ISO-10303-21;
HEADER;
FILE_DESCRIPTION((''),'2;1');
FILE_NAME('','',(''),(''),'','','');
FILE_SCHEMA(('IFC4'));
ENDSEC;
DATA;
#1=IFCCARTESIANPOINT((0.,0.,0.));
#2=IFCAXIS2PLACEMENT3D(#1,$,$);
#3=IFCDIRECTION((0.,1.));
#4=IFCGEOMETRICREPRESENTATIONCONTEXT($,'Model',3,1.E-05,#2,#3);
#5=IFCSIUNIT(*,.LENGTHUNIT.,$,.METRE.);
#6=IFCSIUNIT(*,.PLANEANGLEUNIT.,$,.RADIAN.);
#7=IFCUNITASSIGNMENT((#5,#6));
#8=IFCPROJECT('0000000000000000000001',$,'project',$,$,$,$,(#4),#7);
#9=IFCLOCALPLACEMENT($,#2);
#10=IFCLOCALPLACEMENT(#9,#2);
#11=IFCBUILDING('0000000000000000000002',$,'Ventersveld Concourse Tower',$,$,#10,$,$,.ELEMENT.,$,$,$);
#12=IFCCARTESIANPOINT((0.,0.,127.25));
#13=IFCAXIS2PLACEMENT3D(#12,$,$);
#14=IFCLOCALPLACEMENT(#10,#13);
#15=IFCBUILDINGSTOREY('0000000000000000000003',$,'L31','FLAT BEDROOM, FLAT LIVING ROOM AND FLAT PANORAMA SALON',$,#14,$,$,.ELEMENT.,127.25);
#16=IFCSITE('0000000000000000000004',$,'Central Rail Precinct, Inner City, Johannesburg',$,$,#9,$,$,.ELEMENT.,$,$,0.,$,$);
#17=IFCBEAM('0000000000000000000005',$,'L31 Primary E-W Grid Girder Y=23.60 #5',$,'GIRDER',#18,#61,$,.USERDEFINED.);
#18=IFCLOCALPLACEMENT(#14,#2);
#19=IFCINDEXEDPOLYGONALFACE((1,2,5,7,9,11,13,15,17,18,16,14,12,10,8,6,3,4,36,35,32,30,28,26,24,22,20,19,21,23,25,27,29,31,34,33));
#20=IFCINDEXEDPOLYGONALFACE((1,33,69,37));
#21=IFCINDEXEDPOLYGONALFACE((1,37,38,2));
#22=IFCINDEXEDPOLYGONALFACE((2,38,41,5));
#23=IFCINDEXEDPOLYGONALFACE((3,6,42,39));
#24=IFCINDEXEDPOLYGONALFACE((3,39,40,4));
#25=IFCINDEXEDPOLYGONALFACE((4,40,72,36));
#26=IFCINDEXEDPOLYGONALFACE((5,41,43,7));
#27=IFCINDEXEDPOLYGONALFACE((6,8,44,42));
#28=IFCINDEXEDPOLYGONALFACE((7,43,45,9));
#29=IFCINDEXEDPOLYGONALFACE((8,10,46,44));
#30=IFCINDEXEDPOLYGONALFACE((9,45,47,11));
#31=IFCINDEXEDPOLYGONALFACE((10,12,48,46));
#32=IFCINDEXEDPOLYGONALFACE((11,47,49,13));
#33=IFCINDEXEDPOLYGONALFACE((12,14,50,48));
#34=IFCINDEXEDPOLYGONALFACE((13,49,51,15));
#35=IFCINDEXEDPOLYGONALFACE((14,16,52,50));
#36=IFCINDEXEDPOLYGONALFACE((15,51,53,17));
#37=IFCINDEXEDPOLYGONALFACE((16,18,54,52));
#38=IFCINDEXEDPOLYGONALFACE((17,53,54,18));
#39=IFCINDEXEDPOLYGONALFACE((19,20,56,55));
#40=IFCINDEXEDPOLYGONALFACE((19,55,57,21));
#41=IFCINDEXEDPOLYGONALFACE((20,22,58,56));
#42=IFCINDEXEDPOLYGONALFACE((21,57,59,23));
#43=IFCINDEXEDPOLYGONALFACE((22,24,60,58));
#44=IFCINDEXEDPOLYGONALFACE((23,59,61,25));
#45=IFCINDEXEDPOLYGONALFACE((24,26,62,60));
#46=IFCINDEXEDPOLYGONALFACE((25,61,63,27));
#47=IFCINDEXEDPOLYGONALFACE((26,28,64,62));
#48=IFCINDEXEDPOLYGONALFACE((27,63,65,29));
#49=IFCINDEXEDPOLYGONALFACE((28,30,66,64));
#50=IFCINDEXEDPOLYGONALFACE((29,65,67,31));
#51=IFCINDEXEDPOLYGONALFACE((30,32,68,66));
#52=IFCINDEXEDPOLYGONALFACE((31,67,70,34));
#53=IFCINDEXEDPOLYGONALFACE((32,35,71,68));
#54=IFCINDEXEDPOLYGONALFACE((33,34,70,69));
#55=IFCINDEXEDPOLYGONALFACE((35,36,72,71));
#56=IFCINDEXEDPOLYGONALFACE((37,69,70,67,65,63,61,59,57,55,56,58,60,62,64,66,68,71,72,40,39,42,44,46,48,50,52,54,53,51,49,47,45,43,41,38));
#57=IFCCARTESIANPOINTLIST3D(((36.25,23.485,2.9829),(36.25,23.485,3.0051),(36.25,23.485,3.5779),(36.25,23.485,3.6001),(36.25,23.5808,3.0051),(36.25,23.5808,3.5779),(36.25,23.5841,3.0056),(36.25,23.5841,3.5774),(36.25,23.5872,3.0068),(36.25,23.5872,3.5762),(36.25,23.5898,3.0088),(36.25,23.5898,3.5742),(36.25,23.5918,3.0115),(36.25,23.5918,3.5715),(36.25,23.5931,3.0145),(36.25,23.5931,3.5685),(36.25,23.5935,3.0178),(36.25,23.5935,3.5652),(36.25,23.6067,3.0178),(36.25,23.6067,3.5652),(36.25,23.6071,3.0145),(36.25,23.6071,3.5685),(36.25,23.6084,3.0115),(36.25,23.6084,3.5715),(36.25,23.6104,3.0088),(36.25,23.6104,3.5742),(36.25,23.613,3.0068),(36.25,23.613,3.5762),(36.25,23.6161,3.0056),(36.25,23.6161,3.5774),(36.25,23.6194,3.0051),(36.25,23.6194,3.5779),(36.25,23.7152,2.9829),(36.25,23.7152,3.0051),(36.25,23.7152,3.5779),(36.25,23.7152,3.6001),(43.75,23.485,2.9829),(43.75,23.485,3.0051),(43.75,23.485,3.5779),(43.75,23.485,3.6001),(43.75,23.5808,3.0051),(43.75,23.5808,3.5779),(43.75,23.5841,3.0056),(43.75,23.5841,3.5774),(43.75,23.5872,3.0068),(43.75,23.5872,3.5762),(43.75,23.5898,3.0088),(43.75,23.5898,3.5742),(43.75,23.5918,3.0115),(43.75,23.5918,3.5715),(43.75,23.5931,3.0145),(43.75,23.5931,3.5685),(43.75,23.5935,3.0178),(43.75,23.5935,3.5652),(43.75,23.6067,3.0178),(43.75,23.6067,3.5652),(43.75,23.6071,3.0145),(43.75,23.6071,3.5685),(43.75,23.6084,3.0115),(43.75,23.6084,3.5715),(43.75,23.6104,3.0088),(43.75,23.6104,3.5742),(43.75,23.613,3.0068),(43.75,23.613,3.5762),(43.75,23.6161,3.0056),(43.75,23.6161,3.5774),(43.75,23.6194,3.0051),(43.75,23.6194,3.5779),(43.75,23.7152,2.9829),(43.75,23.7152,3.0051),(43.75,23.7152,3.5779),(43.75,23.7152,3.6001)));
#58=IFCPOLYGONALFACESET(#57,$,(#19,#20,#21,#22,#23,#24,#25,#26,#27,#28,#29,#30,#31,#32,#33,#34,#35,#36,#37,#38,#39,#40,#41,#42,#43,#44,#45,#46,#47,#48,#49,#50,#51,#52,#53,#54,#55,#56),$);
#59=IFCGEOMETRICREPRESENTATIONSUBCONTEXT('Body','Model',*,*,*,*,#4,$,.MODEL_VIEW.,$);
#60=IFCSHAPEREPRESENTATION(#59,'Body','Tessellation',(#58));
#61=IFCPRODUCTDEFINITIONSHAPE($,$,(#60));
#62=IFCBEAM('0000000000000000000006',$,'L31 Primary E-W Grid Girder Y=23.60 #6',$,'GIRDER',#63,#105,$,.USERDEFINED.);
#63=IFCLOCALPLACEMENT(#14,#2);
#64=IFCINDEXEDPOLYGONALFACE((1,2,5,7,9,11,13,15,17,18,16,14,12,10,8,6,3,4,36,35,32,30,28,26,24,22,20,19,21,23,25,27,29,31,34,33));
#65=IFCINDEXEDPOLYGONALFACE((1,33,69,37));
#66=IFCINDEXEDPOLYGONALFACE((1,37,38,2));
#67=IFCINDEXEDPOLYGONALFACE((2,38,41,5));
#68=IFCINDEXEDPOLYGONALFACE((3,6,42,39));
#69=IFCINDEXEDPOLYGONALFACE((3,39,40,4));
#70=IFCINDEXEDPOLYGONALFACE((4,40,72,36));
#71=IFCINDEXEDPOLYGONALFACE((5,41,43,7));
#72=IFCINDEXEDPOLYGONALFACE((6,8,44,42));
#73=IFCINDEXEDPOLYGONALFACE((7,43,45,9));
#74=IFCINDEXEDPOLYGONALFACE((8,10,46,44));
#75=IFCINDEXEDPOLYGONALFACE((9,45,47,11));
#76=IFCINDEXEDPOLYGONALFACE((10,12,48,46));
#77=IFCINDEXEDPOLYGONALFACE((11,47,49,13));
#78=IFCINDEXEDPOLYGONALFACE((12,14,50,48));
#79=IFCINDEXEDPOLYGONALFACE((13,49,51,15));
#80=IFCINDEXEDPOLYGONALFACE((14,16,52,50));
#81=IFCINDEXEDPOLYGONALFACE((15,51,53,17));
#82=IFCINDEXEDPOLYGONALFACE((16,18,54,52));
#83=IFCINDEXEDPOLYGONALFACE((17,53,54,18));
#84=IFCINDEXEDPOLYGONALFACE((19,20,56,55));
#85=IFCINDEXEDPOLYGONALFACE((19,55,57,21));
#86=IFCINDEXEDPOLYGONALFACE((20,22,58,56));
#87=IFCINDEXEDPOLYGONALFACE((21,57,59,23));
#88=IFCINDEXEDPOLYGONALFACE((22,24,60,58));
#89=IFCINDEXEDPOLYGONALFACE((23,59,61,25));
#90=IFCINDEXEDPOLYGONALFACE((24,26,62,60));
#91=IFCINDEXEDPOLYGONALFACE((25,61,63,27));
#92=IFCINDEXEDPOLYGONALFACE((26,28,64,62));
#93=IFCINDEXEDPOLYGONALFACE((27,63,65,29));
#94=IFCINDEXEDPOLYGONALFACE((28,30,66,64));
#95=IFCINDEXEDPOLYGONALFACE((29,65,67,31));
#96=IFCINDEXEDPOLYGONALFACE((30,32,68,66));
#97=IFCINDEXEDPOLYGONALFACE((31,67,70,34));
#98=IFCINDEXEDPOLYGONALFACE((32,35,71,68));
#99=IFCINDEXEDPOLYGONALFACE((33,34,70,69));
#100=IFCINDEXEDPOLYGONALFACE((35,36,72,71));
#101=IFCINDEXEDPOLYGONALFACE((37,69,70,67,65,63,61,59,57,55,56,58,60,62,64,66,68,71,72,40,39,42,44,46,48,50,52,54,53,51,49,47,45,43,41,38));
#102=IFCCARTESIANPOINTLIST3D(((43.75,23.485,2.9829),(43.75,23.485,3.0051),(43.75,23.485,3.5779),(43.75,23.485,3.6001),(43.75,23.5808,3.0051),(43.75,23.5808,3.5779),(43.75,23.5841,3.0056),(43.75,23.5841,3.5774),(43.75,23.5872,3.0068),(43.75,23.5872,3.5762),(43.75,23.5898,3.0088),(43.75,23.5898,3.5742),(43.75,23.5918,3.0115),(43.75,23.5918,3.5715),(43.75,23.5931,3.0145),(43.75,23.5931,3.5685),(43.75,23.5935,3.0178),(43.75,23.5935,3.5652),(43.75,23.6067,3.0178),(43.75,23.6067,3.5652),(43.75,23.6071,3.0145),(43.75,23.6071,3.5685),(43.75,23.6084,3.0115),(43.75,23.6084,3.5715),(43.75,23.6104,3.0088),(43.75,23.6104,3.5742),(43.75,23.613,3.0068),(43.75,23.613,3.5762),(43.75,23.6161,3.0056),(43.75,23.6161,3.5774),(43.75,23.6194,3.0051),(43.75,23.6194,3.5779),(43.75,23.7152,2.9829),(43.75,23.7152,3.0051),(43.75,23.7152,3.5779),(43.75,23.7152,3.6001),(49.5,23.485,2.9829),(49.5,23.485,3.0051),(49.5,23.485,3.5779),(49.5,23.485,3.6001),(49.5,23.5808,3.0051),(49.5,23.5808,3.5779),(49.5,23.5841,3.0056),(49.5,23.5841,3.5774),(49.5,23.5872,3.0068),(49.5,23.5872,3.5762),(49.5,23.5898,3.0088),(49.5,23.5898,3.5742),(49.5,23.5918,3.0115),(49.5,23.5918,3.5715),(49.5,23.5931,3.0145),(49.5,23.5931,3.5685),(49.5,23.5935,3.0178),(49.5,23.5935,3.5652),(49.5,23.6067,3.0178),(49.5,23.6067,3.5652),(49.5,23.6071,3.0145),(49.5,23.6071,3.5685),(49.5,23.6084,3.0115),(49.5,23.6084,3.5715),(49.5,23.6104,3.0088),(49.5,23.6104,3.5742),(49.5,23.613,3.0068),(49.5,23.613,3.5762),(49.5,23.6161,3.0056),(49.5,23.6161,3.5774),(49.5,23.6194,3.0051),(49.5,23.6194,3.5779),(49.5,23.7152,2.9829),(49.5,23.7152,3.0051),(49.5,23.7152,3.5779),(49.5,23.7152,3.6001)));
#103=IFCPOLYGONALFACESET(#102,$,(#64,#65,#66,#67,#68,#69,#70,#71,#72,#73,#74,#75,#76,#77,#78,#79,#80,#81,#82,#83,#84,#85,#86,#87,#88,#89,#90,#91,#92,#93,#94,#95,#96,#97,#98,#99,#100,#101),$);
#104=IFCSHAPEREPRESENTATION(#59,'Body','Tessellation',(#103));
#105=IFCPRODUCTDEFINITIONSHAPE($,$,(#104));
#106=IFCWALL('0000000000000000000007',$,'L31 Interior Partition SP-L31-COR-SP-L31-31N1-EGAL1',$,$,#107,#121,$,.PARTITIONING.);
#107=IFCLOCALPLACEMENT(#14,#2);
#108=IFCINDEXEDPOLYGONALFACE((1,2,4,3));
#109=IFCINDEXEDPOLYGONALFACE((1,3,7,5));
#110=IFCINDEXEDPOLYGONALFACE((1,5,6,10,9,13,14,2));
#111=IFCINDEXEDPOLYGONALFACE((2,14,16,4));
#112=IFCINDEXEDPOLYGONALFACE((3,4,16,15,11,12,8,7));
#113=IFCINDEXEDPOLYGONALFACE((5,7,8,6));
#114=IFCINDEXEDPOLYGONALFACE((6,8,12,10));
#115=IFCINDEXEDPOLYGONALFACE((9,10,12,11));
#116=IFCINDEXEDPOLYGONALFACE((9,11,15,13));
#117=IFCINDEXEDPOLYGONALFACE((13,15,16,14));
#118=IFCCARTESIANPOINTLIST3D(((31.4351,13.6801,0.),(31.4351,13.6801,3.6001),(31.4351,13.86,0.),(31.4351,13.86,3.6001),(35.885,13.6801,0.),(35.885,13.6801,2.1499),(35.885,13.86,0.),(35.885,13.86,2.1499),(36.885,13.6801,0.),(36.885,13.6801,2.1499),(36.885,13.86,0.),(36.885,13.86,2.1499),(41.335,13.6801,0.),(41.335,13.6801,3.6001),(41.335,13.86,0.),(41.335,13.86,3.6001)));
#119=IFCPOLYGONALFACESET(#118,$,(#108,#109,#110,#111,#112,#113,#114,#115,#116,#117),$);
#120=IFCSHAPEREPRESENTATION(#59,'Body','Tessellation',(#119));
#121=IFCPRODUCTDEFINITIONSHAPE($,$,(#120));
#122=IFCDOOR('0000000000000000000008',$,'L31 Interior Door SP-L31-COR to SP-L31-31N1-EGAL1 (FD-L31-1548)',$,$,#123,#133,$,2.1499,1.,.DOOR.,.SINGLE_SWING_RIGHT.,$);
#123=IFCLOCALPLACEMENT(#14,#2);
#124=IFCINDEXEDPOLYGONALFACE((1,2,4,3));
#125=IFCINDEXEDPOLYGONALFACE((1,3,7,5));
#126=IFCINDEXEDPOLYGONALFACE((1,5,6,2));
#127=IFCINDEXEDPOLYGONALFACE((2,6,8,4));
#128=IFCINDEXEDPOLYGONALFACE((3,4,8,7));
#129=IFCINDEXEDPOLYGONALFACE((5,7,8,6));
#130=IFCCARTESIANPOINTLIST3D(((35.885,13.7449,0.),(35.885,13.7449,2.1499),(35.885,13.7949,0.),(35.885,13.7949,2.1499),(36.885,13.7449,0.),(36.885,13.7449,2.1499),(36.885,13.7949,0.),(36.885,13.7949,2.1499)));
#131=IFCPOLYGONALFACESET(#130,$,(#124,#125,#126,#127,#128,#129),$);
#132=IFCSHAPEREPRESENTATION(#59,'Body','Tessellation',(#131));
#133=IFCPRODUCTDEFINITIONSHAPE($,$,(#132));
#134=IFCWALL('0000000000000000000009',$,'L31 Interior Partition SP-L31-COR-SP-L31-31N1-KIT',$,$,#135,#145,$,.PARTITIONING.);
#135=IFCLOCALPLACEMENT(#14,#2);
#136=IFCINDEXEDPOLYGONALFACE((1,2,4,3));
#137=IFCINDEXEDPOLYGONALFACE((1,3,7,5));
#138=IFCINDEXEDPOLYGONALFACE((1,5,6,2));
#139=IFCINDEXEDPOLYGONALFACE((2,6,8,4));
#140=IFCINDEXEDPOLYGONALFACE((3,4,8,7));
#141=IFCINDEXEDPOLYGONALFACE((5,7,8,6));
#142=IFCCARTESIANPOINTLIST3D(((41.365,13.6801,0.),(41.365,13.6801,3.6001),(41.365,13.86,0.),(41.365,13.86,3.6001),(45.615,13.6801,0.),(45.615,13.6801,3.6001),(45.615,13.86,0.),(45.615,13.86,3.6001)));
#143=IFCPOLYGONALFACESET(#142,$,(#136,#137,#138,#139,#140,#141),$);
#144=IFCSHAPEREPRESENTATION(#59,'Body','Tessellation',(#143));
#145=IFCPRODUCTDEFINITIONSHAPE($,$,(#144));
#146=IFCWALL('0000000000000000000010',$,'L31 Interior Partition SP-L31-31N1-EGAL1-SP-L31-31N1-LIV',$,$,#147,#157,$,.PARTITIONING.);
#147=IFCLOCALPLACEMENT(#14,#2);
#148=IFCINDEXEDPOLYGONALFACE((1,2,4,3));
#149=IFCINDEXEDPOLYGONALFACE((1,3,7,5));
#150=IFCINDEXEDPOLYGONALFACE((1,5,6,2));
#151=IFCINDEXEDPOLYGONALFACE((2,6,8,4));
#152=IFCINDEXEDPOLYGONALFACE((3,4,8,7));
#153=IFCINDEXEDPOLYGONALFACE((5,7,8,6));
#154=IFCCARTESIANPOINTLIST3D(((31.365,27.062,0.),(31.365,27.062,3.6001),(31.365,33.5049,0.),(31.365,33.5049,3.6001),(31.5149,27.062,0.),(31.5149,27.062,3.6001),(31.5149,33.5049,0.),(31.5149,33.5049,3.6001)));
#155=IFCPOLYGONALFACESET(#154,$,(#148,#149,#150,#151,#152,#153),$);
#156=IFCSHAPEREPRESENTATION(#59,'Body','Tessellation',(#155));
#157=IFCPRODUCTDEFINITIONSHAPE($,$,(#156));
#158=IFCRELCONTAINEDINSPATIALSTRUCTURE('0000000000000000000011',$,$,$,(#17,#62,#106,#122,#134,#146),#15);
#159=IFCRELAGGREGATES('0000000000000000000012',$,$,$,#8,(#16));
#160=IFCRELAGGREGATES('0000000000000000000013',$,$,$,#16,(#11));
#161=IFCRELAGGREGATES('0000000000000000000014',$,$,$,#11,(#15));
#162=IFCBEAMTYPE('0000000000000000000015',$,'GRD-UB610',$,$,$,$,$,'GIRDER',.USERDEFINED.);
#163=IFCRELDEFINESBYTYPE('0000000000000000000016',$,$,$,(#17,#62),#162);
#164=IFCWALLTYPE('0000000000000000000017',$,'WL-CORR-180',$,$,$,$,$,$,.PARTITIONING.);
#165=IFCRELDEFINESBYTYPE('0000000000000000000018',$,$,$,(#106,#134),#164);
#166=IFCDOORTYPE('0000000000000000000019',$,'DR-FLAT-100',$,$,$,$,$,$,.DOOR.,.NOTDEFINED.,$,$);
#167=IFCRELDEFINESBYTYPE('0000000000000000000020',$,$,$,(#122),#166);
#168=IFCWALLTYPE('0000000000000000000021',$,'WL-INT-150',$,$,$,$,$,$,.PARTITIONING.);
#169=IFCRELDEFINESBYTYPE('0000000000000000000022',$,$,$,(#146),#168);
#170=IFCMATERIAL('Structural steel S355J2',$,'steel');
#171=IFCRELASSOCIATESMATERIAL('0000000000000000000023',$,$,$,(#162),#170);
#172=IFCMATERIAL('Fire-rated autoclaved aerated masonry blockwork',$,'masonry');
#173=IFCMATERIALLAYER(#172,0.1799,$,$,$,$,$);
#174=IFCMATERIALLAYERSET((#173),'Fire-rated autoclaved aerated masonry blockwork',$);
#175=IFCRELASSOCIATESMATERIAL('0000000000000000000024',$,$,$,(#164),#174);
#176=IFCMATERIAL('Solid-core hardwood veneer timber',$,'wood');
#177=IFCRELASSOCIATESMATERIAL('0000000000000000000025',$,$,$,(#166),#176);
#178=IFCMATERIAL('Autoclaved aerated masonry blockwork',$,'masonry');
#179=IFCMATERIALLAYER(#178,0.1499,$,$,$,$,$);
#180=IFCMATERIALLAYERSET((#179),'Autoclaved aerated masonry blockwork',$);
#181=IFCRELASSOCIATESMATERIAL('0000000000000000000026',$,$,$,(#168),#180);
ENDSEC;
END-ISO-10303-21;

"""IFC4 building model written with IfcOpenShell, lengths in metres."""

from ifc_helpers import new_model, si_unit, direction, frame, frame_2d, origin, origin_2d, place, context, subcontext, project, spatial, rectangle, i_section, extrude, material, layer, layer_set, material_profile, profile_set, type_object, element, fill, save


model = new_model("IFC4")

# Units and contexts
model_context = context("Model", 3, precision=1e-05, world=origin(), true_north=direction((0.0, 1.0)))
body_context = subcontext(model_context, "Body", "Model", "MODEL_VIEW")
ifc_project = project(units=[si_unit("LENGTHUNIT", "METRE"), si_unit("PLANEANGLEUNIT", "RADIAN")], contexts=[model_context])

# Site, building, storey
site_placement = place(None, origin())
site = spatial("IfcSite", under=ifc_project, at=site_placement, Name="Central Rail Precinct, Inner City, Johannesburg", CompositionType="ELEMENT", RefElevation=0.0)
building_placement = place(site_placement, origin())
building = spatial("IfcBuilding", under=site, at=building_placement, Name="Ventersveld Concourse Tower", CompositionType="ELEMENT")
storey_placement = place(building_placement, frame((0.0, 0.0, 127.25)))
storey = spatial("IfcBuildingStorey", under=building, at=storey_placement, Name="L31", Description="FLAT BEDROOM, FLAT LIVING ROOM AND FLAT PANORAMA SALON", CompositionType="ELEMENT", Elevation=127.25)

# Beams
ifc_material_1 = material(Name="Structural steel S355J2", Category="steel")
ifc_material_profile_1 = material_profile(ifc_material_1, i_section(OverallWidth=0.2302, OverallDepth=0.6172, WebThickness=0.0132, FlangeThickness=0.0222, FilletRadius=0.0127, at=origin_2d()), Name="UB 610x229x140")
ifc_profile_set_1 = profile_set([ifc_material_profile_1], Name="Structural steel S355J2")
beam_type_1 = type_object("IfcBeamType", Name="GRD-UB610", ElementType="GIRDER", PredefinedType="USERDEFINED", material=ifc_profile_set_1)
for number, where, z_axis, x_axis, name in (
    (1, (36.25, 23.6001, 3.2915), (1.0, 0.0, 0.0), (0.0, 1.0, 0.0), "L31 Primary E-W Grid Girder Y=23.60 #5"),
):
    element("IfcBeam", number, at=place(storey_placement, frame(where, z_axis=z_axis, x_axis=x_axis)), inside=storey, type_object=beam_type_1, Name=name, ObjectType="GIRDER", PredefinedType="USERDEFINED", context=body_context, shape_type="SweptSolid", body=[
        extrude(i_section(OverallWidth=0.2302, OverallDepth=0.6172, WebThickness=0.0132, FlangeThickness=0.0222, FilletRadius=0.0127, at=origin_2d()), origin(), (0.0, 0.0, 1.0), 7.5),
    ])
beam_placement = place(storey_placement, frame((43.75, 23.6001, 3.2915), z_axis=(1.0, 0.0, 0.0), x_axis=(0.0, 1.0, 0.0)))
element("IfcBeam", 2, at=beam_placement, inside=storey, type_object=beam_type_1, Name="L31 Primary E-W Grid Girder Y=23.60 #6", ObjectType="GIRDER", PredefinedType="USERDEFINED", context=body_context, shape_type="SweptSolid", body=[
    extrude(i_section(OverallWidth=0.2302, OverallDepth=0.6172, WebThickness=0.0132, FlangeThickness=0.0222, FilletRadius=0.0127, at=origin_2d()), origin(), (0.0, 0.0, 1.0), 5.75),
])

# Wall, opening, door
ifc_material_2 = material(Name="Fire-rated autoclaved aerated masonry blockwork", Category="masonry")
ifc_layer_1 = layer(ifc_material_2, 0.1799)
ifc_layer_set_1 = layer_set([ifc_layer_1], Name="Fire-rated autoclaved aerated masonry blockwork")
wall_type_1 = type_object("IfcWallType", Name="WL-CORR-180", PredefinedType="PARTITIONING", material=ifc_layer_set_1)
wall_1_placement = place(storey_placement, frame((31.4351, 13.77, 0.0), z_axis=(0.0, 0.0, 1.0), x_axis=(1.0, 0.0, 0.0)))
wall_1 = element("IfcWall", 3, at=wall_1_placement, inside=storey, type_object=wall_type_1, Name="L31 Interior Partition SP-L31-COR-SP-L31-31N1-EGAL1", PredefinedType="PARTITIONING", context=body_context, shape_type="SweptSolid", body=[
    extrude(rectangle(XDim=9.8999, YDim=0.1799, at=frame_2d((4.95, 0.0))), origin(), (0.0, 0.0, 1.0), 3.6001),
])
opening_1_placement = place(wall_1_placement, frame((4.45, 0.0, 0.0)))
opening_1 = element("IfcOpeningElement", 4, at=opening_1_placement, cuts=wall_1, PredefinedType="OPENING", context=body_context, shape_type="SweptSolid", body=[
    extrude(rectangle(XDim=1.0, YDim=2.1499, at=frame_2d((0.5, 1.075))), frame((0.0, 0.1001, 0.0), z_axis=(0.0, -1.0, 0.0), x_axis=(1.0, 0.0, 0.0)), (0.0, 0.0, 1.0), 0.2),
])
ifc_material_3 = material(Name="Solid-core hardwood veneer timber", Category="wood")
door_type_1 = type_object("IfcDoorType", Name="DR-FLAT-100", OperationType="NOTDEFINED", PredefinedType="DOOR", material=ifc_material_3)
door_1_placement = place(opening_1_placement, origin())
door_1 = element("IfcDoor", 5, at=door_1_placement, inside=storey, type_object=door_type_1, Name="L31 Interior Door SP-L31-COR to SP-L31-31N1-EGAL1 (FD-L31-1548)", OperationType="SINGLE_SWING_RIGHT", OverallHeight=2.1499, OverallWidth=1.0, PredefinedType="DOOR", context=body_context, shape_type="SweptSolid", body=[
    extrude(rectangle(XDim=1.0, YDim=2.1499, at=frame_2d((0.5, 1.075))), frame((0.0, 0.0249, 0.0), z_axis=(0.0, -1.0, 0.0), x_axis=(1.0, 0.0, 0.0)), (0.0, 0.0, 1.0), 0.05),
])
fill(opening_1, door_1)

# Walls
wall_2_placement = place(storey_placement, frame((41.365, 13.77, 0.0), z_axis=(0.0, 0.0, 1.0), x_axis=(1.0, 0.0, 0.0)))
element("IfcWall", 6, at=wall_2_placement, inside=storey, type_object=wall_type_1, Name="L31 Interior Partition SP-L31-COR-SP-L31-31N1-KIT", PredefinedType="PARTITIONING", context=body_context, shape_type="SweptSolid", body=[
    extrude(rectangle(XDim=4.25, YDim=0.1799, at=frame_2d((2.125, 0.0))), origin(), (0.0, 0.0, 1.0), 3.6001),
])
ifc_material_4 = material(Name="Autoclaved aerated masonry blockwork", Category="masonry")
ifc_layer_2 = layer(ifc_material_4, 0.1499)
ifc_layer_set_2 = layer_set([ifc_layer_2], Name="Autoclaved aerated masonry blockwork")
wall_type_2 = type_object("IfcWallType", Name="WL-INT-150", PredefinedType="PARTITIONING", material=ifc_layer_set_2)
wall_3_placement = place(storey_placement, frame((31.4399, 27.062, 0.0), z_axis=(0.0, 0.0, 1.0), x_axis=(0.0, 1.0, 0.0)))
element("IfcWall", 7, at=wall_3_placement, inside=storey, type_object=wall_type_2, Name="L31 Interior Partition SP-L31-31N1-EGAL1-SP-L31-31N1-LIV", PredefinedType="PARTITIONING", context=body_context, shape_type="SweptSolid", body=[
    extrude(rectangle(XDim=6.4429, YDim=0.1499, at=frame_2d((3.2214, 0.0))), origin(), (0.0, 0.0, 1.0), 3.6001),
])

save(model, "model.ifc")
